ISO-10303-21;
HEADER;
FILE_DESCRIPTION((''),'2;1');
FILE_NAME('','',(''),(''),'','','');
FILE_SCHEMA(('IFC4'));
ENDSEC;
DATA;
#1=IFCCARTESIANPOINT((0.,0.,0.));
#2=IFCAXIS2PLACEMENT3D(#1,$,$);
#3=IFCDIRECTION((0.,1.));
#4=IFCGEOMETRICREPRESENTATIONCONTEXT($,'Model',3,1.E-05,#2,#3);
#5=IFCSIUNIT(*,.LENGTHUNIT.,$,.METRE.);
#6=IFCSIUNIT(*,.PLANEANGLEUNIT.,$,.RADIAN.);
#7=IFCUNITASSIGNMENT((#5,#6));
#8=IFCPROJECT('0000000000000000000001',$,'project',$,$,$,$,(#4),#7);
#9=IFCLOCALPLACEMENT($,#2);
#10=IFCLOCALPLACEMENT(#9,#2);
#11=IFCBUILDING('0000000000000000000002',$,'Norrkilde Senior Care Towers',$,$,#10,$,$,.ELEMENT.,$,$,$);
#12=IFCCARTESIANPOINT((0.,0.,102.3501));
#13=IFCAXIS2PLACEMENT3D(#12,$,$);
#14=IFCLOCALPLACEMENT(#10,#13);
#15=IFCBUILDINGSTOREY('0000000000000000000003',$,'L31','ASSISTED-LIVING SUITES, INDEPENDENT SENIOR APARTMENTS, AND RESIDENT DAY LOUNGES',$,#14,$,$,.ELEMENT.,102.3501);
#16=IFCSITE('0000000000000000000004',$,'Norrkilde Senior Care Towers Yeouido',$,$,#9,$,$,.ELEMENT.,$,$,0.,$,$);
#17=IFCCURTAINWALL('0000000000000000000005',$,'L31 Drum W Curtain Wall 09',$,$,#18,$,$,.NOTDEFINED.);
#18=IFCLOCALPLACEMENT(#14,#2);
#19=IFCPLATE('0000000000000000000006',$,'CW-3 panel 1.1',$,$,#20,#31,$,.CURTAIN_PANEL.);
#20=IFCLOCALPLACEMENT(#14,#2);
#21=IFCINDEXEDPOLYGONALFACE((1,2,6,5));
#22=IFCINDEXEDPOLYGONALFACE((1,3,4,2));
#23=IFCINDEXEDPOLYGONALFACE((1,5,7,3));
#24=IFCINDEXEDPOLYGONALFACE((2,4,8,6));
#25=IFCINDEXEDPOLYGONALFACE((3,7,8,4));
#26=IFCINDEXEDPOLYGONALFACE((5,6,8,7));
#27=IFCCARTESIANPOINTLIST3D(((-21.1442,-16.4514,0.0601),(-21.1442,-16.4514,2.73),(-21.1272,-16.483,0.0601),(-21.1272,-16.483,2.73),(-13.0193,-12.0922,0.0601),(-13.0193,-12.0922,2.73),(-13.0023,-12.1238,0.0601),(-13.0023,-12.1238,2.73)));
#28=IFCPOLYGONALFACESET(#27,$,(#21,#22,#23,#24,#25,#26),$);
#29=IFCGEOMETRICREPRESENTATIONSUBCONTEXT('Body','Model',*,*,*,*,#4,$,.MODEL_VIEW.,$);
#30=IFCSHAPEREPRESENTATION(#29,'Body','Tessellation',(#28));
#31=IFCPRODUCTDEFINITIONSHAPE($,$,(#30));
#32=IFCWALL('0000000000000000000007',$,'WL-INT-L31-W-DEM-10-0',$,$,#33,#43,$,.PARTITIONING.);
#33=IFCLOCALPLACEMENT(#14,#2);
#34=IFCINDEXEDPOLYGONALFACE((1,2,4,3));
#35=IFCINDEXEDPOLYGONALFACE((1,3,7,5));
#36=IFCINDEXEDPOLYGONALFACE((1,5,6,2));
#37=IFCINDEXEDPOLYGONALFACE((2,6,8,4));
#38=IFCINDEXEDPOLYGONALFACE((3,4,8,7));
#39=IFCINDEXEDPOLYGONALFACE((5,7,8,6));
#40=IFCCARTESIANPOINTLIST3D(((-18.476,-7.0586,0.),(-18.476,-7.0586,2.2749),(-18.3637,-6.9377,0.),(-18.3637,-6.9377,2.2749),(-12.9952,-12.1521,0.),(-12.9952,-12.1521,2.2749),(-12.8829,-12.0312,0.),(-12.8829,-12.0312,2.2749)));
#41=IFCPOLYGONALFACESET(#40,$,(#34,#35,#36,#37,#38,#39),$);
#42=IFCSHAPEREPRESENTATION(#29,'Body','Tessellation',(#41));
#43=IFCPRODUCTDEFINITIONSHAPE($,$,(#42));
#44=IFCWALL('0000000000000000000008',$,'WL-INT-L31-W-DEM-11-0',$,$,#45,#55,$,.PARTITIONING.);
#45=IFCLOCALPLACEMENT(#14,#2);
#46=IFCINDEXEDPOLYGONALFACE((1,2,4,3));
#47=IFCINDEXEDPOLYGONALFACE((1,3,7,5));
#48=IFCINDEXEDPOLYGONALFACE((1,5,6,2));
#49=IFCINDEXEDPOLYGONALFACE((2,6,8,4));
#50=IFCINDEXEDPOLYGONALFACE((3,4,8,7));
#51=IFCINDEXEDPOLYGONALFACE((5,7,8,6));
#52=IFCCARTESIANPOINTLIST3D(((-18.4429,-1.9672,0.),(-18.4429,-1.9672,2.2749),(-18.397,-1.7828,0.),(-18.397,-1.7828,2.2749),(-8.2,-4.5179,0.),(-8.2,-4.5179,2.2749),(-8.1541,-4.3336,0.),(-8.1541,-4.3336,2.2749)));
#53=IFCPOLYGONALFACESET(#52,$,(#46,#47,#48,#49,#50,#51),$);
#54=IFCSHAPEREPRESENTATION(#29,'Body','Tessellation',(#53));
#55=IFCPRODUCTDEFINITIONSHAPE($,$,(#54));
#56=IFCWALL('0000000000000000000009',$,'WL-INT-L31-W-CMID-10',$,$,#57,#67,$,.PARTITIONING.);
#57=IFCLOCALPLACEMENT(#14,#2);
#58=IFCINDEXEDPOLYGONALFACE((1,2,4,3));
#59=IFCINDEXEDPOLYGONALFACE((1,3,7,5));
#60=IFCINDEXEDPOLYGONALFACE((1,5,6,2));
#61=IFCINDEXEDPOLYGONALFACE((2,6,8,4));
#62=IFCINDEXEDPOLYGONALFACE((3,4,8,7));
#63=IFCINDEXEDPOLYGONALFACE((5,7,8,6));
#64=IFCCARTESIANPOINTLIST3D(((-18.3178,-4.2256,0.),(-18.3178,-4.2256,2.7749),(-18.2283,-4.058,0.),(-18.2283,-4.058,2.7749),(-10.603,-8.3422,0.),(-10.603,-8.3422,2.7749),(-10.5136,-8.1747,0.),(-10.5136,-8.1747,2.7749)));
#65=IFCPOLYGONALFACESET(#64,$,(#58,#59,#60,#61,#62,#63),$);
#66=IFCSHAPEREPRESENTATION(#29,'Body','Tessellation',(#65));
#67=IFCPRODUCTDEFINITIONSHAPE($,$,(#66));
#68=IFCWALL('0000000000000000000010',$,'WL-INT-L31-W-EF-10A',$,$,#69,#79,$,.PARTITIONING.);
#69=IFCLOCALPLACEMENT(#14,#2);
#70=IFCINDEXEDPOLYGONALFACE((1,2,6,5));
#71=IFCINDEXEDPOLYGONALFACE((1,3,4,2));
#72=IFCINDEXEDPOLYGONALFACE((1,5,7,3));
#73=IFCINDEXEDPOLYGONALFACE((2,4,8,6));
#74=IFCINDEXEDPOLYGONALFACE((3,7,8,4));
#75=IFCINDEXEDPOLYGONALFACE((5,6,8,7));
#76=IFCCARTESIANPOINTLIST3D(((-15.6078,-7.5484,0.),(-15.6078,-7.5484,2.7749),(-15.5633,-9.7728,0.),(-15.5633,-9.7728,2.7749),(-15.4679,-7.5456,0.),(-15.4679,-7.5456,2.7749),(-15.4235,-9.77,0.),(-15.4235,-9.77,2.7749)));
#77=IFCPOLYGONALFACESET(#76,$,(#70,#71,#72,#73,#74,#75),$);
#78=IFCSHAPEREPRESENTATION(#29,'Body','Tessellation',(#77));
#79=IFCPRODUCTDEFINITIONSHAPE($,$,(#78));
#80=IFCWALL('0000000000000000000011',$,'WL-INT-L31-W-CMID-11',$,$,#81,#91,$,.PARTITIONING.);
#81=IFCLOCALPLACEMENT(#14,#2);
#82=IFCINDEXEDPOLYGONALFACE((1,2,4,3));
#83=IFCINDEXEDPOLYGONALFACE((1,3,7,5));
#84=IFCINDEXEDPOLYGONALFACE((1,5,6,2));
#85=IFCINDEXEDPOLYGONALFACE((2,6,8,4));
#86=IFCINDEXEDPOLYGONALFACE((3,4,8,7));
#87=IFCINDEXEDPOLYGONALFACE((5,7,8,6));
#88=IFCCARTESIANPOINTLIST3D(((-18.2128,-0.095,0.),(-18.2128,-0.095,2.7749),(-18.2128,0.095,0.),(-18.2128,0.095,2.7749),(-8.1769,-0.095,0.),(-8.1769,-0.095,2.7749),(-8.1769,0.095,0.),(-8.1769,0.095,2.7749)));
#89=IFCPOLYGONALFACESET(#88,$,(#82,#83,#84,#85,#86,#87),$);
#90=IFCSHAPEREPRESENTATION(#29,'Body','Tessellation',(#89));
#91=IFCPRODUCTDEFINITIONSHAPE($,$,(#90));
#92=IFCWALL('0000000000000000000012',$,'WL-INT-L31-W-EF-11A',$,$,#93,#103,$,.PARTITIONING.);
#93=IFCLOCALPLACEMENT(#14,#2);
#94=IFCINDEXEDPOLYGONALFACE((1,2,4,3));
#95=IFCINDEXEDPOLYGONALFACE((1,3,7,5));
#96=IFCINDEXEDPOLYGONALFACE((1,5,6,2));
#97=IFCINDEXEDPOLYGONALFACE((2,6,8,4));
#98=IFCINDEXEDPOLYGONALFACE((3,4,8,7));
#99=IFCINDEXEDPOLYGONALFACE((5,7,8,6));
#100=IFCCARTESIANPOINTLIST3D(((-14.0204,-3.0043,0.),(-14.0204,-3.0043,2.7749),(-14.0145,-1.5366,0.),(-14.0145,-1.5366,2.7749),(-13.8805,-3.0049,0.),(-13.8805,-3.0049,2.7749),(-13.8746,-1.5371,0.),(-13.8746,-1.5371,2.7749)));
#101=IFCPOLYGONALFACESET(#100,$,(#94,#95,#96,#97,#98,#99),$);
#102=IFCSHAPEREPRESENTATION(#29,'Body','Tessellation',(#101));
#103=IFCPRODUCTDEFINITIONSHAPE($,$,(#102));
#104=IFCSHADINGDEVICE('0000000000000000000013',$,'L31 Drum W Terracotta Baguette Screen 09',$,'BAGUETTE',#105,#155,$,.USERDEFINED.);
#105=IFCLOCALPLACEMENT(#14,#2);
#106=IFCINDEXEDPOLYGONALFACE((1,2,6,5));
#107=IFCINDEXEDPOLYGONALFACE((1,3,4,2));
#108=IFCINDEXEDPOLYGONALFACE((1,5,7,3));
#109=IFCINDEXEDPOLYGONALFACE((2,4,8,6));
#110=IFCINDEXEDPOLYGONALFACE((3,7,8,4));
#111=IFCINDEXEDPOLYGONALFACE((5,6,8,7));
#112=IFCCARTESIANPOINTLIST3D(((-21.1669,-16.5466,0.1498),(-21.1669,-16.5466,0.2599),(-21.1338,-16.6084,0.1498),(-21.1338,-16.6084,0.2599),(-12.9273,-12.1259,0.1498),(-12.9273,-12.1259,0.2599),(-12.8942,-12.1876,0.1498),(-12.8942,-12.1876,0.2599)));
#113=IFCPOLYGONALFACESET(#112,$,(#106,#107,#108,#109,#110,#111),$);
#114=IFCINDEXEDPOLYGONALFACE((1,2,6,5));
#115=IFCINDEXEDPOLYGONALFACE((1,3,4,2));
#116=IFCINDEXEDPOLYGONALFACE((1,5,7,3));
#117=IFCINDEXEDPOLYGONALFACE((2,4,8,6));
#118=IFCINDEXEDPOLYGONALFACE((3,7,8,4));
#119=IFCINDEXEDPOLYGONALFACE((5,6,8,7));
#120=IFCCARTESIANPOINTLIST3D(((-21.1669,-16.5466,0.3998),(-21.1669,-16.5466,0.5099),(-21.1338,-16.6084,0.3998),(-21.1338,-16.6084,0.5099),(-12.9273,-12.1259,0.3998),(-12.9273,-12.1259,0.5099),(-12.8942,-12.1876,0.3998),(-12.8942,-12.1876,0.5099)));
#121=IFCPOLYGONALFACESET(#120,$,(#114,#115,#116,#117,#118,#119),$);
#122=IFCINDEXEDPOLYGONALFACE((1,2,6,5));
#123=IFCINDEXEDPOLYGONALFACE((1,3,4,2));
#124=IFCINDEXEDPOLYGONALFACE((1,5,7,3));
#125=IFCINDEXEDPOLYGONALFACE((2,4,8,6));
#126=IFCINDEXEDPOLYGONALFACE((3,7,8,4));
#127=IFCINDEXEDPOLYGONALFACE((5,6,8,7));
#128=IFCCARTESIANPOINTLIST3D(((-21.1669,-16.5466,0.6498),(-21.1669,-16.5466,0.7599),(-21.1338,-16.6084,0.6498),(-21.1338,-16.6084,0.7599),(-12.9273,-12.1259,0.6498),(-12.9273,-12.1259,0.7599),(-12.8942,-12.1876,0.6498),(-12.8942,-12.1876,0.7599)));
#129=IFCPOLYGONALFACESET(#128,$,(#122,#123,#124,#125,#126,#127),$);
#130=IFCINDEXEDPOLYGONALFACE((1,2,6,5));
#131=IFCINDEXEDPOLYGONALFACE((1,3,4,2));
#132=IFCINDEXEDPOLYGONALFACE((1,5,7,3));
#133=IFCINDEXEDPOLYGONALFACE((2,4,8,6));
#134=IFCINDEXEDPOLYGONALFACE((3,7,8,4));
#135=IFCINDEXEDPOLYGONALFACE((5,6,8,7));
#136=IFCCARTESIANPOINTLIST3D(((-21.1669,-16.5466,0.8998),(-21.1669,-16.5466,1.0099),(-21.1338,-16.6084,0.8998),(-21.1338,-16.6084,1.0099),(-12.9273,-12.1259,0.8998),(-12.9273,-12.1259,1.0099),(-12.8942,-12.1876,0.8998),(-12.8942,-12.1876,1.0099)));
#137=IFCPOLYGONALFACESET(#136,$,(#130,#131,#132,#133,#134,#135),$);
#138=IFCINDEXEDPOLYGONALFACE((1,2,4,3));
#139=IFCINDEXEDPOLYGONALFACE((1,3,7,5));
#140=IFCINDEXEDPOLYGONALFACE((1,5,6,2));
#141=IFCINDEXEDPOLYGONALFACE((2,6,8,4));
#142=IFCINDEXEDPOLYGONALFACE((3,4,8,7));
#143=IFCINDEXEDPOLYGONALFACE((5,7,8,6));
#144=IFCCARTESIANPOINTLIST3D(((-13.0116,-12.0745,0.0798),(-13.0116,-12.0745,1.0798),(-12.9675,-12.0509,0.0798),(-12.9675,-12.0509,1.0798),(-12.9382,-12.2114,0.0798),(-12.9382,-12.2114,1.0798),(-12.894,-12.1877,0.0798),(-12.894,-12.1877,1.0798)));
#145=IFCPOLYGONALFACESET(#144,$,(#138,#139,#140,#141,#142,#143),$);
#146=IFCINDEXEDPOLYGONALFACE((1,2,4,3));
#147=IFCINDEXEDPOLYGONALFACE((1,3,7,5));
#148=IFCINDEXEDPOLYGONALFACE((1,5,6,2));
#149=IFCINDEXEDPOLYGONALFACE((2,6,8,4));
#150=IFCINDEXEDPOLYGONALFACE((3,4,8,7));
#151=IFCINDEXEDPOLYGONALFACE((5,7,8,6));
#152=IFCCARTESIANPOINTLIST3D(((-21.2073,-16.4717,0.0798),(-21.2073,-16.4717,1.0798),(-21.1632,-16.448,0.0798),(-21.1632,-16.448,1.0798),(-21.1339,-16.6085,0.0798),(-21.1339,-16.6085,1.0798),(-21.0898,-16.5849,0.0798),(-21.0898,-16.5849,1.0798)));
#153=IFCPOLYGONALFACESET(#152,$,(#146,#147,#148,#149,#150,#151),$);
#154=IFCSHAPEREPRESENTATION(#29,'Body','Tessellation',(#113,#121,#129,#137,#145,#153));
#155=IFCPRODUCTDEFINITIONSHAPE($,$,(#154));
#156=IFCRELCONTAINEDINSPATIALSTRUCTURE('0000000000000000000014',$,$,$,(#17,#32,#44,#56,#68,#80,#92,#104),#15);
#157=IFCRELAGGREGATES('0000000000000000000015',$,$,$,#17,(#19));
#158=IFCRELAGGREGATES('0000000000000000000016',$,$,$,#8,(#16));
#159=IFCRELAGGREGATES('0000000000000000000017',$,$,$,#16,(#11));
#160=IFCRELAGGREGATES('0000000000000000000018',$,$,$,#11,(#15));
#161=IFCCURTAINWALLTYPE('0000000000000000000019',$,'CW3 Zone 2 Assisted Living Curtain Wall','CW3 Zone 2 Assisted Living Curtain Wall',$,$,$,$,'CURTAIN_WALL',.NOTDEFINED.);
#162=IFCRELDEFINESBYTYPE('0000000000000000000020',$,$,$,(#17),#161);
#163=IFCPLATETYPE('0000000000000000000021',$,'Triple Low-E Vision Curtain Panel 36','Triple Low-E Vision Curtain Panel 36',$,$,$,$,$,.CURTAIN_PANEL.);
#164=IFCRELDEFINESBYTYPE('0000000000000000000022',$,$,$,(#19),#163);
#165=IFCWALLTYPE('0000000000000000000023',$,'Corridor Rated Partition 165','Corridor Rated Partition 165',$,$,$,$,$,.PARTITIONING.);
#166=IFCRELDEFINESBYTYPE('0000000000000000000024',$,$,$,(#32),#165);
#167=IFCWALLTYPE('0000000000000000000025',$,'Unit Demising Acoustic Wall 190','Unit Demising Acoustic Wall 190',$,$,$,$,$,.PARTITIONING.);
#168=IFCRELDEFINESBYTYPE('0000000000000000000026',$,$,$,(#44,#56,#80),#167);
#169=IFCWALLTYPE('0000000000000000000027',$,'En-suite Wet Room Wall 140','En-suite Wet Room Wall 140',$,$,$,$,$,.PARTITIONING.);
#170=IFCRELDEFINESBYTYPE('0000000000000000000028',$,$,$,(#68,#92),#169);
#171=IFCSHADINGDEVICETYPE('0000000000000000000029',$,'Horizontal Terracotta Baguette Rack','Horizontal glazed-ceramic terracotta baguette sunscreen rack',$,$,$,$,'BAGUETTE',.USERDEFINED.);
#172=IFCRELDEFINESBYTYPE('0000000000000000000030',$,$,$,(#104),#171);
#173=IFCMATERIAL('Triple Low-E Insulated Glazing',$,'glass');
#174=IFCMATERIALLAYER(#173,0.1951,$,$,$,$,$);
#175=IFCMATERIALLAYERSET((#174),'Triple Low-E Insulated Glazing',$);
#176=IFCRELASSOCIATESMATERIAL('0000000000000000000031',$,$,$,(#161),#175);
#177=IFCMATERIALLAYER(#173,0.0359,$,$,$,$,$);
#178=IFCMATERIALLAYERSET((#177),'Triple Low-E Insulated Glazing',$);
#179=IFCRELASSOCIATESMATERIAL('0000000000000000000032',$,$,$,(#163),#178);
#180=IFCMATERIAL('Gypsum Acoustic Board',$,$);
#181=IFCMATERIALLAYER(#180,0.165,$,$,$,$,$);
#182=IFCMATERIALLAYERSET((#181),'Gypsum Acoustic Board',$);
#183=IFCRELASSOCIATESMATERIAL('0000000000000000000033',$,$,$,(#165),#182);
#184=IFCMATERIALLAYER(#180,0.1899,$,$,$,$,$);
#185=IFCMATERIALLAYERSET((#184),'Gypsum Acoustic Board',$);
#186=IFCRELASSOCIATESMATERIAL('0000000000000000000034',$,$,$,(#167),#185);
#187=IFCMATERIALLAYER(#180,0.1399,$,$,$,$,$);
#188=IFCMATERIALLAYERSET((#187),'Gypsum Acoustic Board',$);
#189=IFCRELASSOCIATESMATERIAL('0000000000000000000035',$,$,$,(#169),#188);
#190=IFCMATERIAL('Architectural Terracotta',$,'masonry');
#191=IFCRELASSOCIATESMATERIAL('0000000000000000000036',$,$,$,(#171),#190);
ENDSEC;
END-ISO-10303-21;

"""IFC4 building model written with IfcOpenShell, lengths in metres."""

from ifc_helpers import new_model, si_unit, direction, frame, frame_2d, origin, origin_2d, place, context, subcontext, project, spatial, rectangle, extrude, source, transform, mapped, material, layer, layer_set, type_object, type_shapes, element, aggregate, save


model = new_model("IFC4")

# Units and contexts
model_context = context("Model", 3, precision=1e-05, world=origin(), true_north=direction((0.0, 1.0)))
body_context = subcontext(model_context, "Body", "Model", "MODEL_VIEW")
ifc_project = project(units=[si_unit("LENGTHUNIT", "METRE"), si_unit("PLANEANGLEUNIT", "RADIAN")], contexts=[model_context])

# Site, building, storey
site_placement = place(None, origin())
site = spatial("IfcSite", under=ifc_project, at=site_placement, Name="Norrkilde Senior Care Towers Yeouido", CompositionType="ELEMENT", RefElevation=0.0)
building_placement = place(site_placement, origin())
building = spatial("IfcBuilding", under=site, at=building_placement, Name="Norrkilde Senior Care Towers", CompositionType="ELEMENT")
storey_placement = place(building_placement, frame((0.0, 0.0, 102.3501)))
storey = spatial("IfcBuildingStorey", under=building, at=storey_placement, Name="L31", Description="ASSISTED-LIVING SUITES, INDEPENDENT SENIOR APARTMENTS, AND RESIDENT DAY LOUNGES", CompositionType="ELEMENT", Elevation=102.3501)

# Curtain wall
ifc_material_1 = material(Name="Triple Low-E Insulated Glazing", Category="glass")
ifc_layer_1 = layer(ifc_material_1, 0.1951)
ifc_layer_set_1 = layer_set([ifc_layer_1], Name="Triple Low-E Insulated Glazing")
curtain_wall_type = type_object("IfcCurtainWallType", Name="CW3 Zone 2 Assisted Living Curtain Wall", Description="CW3 Zone 2 Assisted Living Curtain Wall", ElementType="CURTAIN_WALL", PredefinedType="NOTDEFINED", material=ifc_layer_set_1)
curtain_wall_1_placement = place(storey_placement, origin())
curtain_wall_1 = element("IfcCurtainWall", 1, at=curtain_wall_1_placement, inside=storey, type_object=curtain_wall_type, Name="L31 Drum W Curtain Wall 09", PredefinedType="NOTDEFINED")

# Plate
ifc_layer_2 = layer(ifc_material_1, 0.0359)
ifc_layer_set_2 = layer_set([ifc_layer_2], Name="Triple Low-E Insulated Glazing")
plate_type = type_object("IfcPlateType", Name="Triple Low-E Vision Curtain Panel 36", Description="Triple Low-E Vision Curtain Panel 36", PredefinedType="CURTAIN_PANEL", material=ifc_layer_set_2)
shared_shape_1 = source(origin(), body_context, "Body", "SweptSolid", [
    extrude(rectangle(XDim=9.2205, YDim=0.0359, at=origin_2d()), origin(), (0.0, 0.0, 1.0), 2.6699),
])
plate_1_placement = place(storey_placement, frame((-17.0732, -14.2876, 0.0601), z_axis=(0.0, 0.0, 1.0), x_axis=(-0.881186, -0.472769, 0.0)))
plate_1 = element("IfcPlate", 2, at=plate_1_placement, type_object=plate_type, Name="CW-3 panel 1.1", PredefinedType="CURTAIN_PANEL", context=body_context, shape_type="MappedRepresentation", body=[
    mapped(shared_shape_1, transform((0.0, 0.0, 0.0), x_axis=(1.0, 0.0, 0.0), y_axis=(0.0, 1.0, 0.0), z_axis=(0.0, 0.0, 1.0), scale=1.0)),
])
aggregate(curtain_wall_1, [plate_1])

# Walls
ifc_material_2 = material(Name="Gypsum Acoustic Board")
ifc_layer_3 = layer(ifc_material_2, 0.165)
ifc_layer_set_3 = layer_set([ifc_layer_3], Name="Gypsum Acoustic Board")
wall_type_1 = type_object("IfcWallType", Name="Corridor Rated Partition 165", Description="Corridor Rated Partition 165", PredefinedType="PARTITIONING", material=ifc_layer_set_3)
shared_shape_2 = source(origin(), body_context, "Body", "SweptSolid", [
    extrude(rectangle(XDim=7.4822, YDim=0.165, at=frame_2d((3.7412, 0.0))), origin(), (0.0, 0.0, 1.0), 2.2749),
])
type_shapes(wall_type_1, [shared_shape_2])
wall_1_placement = place(storey_placement, frame((-18.4199, -6.998, 0.0), z_axis=(0.0, 0.0, 1.0), x_axis=(0.732509, -0.680758, 0.0)))
element("IfcWall", 3, at=wall_1_placement, inside=storey, type_object=wall_type_1, Name="WL-INT-L31-W-DEM-10-0", PredefinedType="PARTITIONING", context=body_context, shape_type="MappedRepresentation", body=[
    mapped(shared_shape_2, transform((0.0, 0.0, 0.0), x_axis=(1.0, 0.0, 0.0), y_axis=(0.0, 1.0, 0.0), z_axis=(0.0, 0.0, 1.0), scale=1.0)),
])
ifc_layer_4 = layer(ifc_material_2, 0.1899)
ifc_layer_set_4 = layer_set([ifc_layer_4], Name="Gypsum Acoustic Board")
wall_type_2 = type_object("IfcWallType", Name="Unit Demising Acoustic Wall 190", Description="Unit Demising Acoustic Wall 190", PredefinedType="PARTITIONING", material=ifc_layer_set_4)
shared_shape_3 = source(origin(), body_context, "Body", "SweptSolid", [
    extrude(rectangle(XDim=10.5557, YDim=0.1899, at=frame_2d((5.2778, 0.0))), origin(), (0.0, 0.0, 1.0), 2.2749),
])
wall_2_placement = place(storey_placement, frame((-18.4199, -1.875, 0.0), z_axis=(0.0, 0.0, 1.0), x_axis=(0.970364, -0.241648, 0.0)))
element("IfcWall", 4, at=wall_2_placement, inside=storey, type_object=wall_type_2, Name="WL-INT-L31-W-DEM-11-0", PredefinedType="PARTITIONING", context=body_context, shape_type="MappedRepresentation", body=[
    mapped(shared_shape_3, transform((0.0, 0.0, 0.0), x_axis=(1.0, 0.0, 0.0), y_axis=(0.0, 1.0, 0.0), z_axis=(0.0, 0.0, 1.0), scale=1.0)),
])
shared_shape_4 = source(origin(), body_context, "Body", "SweptSolid", [
    extrude(rectangle(XDim=8.7444, YDim=0.1899, at=frame_2d((4.3721, 0.0))), origin(), (0.0, 0.0, 1.0), 2.7749),
])
wall_3_placement = place(storey_placement, frame((-18.2729, -4.1418, 0.0), z_axis=(0.0, 0.0, 1.0), x_axis=(0.882252, -0.470777, 0.0)))
element("IfcWall", 5, at=wall_3_placement, inside=storey, type_object=wall_type_2, Name="WL-INT-L31-W-CMID-10", PredefinedType="PARTITIONING", context=body_context, shape_type="MappedRepresentation", body=[
    mapped(shared_shape_4, transform((0.0, 0.0, 0.0), x_axis=(1.0, 0.0, 0.0), y_axis=(0.0, 1.0, 0.0), z_axis=(0.0, 0.0, 1.0), scale=1.0)),
])
ifc_layer_5 = layer(ifc_material_2, 0.1399)
ifc_layer_set_5 = layer_set([ifc_layer_5], Name="Gypsum Acoustic Board")
wall_type_3 = type_object("IfcWallType", Name="En-suite Wet Room Wall 140", Description="En-suite Wet Room Wall 140", PredefinedType="PARTITIONING", material=ifc_layer_set_5)
shared_shape_5 = source(origin(), body_context, "Body", "SweptSolid", [
    extrude(rectangle(XDim=2.2249, YDim=0.1399, at=frame_2d((1.1123, 0.0))), origin(), (0.0, 0.0, 1.0), 2.7749),
])
wall_4_placement = place(storey_placement, frame((-15.5378, -7.5471, 0.0), z_axis=(0.0, 0.0, 1.0), x_axis=(0.019972, -0.999801, 0.0)))
element("IfcWall", 6, at=wall_4_placement, inside=storey, type_object=wall_type_3, Name="WL-INT-L31-W-EF-10A", PredefinedType="PARTITIONING", context=body_context, shape_type="MappedRepresentation", body=[
    mapped(shared_shape_5, transform((0.0, 0.0, 0.0), x_axis=(1.0, 0.0, 0.0), y_axis=(0.0, 1.0, 0.0), z_axis=(0.0, 0.0, 1.0), scale=1.0)),
])
shared_shape_6 = source(origin(), body_context, "Body", "SweptSolid", [
    extrude(rectangle(XDim=10.0359, YDim=0.1899, at=frame_2d((5.0181, 0.0))), origin(), (0.0, 0.0, 1.0), 2.7749),
])
type_shapes(wall_type_2, [shared_shape_3, shared_shape_4, shared_shape_6])
wall_5_placement = place(storey_placement, frame((-18.2129, 0.0, 0.0), z_axis=(0.0, 0.0, 1.0), x_axis=(1.0, 0.0, 0.0)))
element("IfcWall", 7, at=wall_5_placement, inside=storey, type_object=wall_type_2, Name="WL-INT-L31-W-CMID-11", PredefinedType="PARTITIONING", context=body_context, shape_type="MappedRepresentation", body=[
    mapped(shared_shape_6, transform((0.0, 0.0, 0.0), x_axis=(1.0, 0.0, 0.0), y_axis=(0.0, 1.0, 0.0), z_axis=(0.0, 0.0, 1.0), scale=1.0)),
])
shared_shape_7 = source(origin(), body_context, "Body", "SweptSolid", [
    extrude(rectangle(XDim=1.4678, YDim=0.1399, at=frame_2d((0.7339, 0.0))), origin(), (0.0, 0.0, 1.0), 2.7749),
])
type_shapes(wall_type_3, [shared_shape_5, shared_shape_7])
wall_6_placement = place(storey_placement, frame((-13.9446, -1.5369, 0.0), z_axis=(0.0, 0.0, 1.0), x_axis=(-0.003992, -0.999992, 0.0)))
element("IfcWall", 8, at=wall_6_placement, inside=storey, type_object=wall_type_3, Name="WL-INT-L31-W-EF-11A", PredefinedType="PARTITIONING", context=body_context, shape_type="MappedRepresentation", body=[
    mapped(shared_shape_7, transform((0.0, 0.0, 0.0), x_axis=(1.0, 0.0, 0.0), y_axis=(0.0, 1.0, 0.0), z_axis=(0.0, 0.0, 1.0), scale=1.0)),
])

# Shading device
ifc_material_3 = material(Name="Architectural Terracotta", Category="masonry")
shading_device_type = type_object("IfcShadingDeviceType", Name="Horizontal Terracotta Baguette Rack", Description="Horizontal glazed-ceramic terracotta baguette sunscreen rack", ElementType="BAGUETTE", PredefinedType="USERDEFINED", material=ifc_material_3)
shared_shape_8 = source(origin(), body_context, "Body", "SweptSolid", [
    extrude(rectangle(XDim=0.0701, YDim=0.1101, at=origin_2d()), frame((0.0, 0.0901, 0.125), z_axis=(1.0, 0.0, 0.0), x_axis=(0.0, 1.0, 0.0)), (0.0, 0.0, 1.0), 9.3506),
    extrude(rectangle(XDim=0.0701, YDim=0.1101, at=origin_2d()), frame((0.0, 0.0901, 0.375), z_axis=(1.0, 0.0, 0.0), x_axis=(0.0, 1.0, 0.0)), (0.0, 0.0, 1.0), 9.3506),
    extrude(rectangle(XDim=0.0701, YDim=0.1101, at=origin_2d()), frame((0.0, 0.0901, 0.625), z_axis=(1.0, 0.0, 0.0), x_axis=(0.0, 1.0, 0.0)), (0.0, 0.0, 1.0), 9.3506),
    extrude(rectangle(XDim=0.0701, YDim=0.1101, at=origin_2d()), frame((0.0, 0.0901, 0.875), z_axis=(1.0, 0.0, 0.0), x_axis=(0.0, 1.0, 0.0)), (0.0, 0.0, 1.0), 9.3506),
    extrude(rectangle(XDim=0.05, YDim=0.1553, at=origin_2d()), frame((0.0249, 0.0476, 0.0)), (0.0, 0.0, 1.0), 1.0),
    extrude(rectangle(XDim=0.05, YDim=0.1553, at=origin_2d()), frame((9.3257, 0.0476, 0.0)), (0.0, 0.0, 1.0), 1.0),
])
type_shapes(shading_device_type, [shared_shape_8])
shading_device_placement = place(storey_placement, frame((-12.9534, -12.0774, 0.0798), z_axis=(0.0, 0.0, 1.0), x_axis=(-0.881175, -0.472768, 0.0)))
element("IfcShadingDevice", 9, at=shading_device_placement, inside=storey, type_object=shading_device_type, Name="L31 Drum W Terracotta Baguette Screen 09", ObjectType="BAGUETTE", PredefinedType="USERDEFINED", context=body_context, shape_type="MappedRepresentation", body=[
    mapped(shared_shape_8, transform((0.0, 0.0, 0.0), x_axis=(1.0, 0.0, 0.0), y_axis=(0.0, 1.0, 0.0), z_axis=(0.0, 0.0, 1.0), scale=1.0)),
])

save(model, "model.ifc")
